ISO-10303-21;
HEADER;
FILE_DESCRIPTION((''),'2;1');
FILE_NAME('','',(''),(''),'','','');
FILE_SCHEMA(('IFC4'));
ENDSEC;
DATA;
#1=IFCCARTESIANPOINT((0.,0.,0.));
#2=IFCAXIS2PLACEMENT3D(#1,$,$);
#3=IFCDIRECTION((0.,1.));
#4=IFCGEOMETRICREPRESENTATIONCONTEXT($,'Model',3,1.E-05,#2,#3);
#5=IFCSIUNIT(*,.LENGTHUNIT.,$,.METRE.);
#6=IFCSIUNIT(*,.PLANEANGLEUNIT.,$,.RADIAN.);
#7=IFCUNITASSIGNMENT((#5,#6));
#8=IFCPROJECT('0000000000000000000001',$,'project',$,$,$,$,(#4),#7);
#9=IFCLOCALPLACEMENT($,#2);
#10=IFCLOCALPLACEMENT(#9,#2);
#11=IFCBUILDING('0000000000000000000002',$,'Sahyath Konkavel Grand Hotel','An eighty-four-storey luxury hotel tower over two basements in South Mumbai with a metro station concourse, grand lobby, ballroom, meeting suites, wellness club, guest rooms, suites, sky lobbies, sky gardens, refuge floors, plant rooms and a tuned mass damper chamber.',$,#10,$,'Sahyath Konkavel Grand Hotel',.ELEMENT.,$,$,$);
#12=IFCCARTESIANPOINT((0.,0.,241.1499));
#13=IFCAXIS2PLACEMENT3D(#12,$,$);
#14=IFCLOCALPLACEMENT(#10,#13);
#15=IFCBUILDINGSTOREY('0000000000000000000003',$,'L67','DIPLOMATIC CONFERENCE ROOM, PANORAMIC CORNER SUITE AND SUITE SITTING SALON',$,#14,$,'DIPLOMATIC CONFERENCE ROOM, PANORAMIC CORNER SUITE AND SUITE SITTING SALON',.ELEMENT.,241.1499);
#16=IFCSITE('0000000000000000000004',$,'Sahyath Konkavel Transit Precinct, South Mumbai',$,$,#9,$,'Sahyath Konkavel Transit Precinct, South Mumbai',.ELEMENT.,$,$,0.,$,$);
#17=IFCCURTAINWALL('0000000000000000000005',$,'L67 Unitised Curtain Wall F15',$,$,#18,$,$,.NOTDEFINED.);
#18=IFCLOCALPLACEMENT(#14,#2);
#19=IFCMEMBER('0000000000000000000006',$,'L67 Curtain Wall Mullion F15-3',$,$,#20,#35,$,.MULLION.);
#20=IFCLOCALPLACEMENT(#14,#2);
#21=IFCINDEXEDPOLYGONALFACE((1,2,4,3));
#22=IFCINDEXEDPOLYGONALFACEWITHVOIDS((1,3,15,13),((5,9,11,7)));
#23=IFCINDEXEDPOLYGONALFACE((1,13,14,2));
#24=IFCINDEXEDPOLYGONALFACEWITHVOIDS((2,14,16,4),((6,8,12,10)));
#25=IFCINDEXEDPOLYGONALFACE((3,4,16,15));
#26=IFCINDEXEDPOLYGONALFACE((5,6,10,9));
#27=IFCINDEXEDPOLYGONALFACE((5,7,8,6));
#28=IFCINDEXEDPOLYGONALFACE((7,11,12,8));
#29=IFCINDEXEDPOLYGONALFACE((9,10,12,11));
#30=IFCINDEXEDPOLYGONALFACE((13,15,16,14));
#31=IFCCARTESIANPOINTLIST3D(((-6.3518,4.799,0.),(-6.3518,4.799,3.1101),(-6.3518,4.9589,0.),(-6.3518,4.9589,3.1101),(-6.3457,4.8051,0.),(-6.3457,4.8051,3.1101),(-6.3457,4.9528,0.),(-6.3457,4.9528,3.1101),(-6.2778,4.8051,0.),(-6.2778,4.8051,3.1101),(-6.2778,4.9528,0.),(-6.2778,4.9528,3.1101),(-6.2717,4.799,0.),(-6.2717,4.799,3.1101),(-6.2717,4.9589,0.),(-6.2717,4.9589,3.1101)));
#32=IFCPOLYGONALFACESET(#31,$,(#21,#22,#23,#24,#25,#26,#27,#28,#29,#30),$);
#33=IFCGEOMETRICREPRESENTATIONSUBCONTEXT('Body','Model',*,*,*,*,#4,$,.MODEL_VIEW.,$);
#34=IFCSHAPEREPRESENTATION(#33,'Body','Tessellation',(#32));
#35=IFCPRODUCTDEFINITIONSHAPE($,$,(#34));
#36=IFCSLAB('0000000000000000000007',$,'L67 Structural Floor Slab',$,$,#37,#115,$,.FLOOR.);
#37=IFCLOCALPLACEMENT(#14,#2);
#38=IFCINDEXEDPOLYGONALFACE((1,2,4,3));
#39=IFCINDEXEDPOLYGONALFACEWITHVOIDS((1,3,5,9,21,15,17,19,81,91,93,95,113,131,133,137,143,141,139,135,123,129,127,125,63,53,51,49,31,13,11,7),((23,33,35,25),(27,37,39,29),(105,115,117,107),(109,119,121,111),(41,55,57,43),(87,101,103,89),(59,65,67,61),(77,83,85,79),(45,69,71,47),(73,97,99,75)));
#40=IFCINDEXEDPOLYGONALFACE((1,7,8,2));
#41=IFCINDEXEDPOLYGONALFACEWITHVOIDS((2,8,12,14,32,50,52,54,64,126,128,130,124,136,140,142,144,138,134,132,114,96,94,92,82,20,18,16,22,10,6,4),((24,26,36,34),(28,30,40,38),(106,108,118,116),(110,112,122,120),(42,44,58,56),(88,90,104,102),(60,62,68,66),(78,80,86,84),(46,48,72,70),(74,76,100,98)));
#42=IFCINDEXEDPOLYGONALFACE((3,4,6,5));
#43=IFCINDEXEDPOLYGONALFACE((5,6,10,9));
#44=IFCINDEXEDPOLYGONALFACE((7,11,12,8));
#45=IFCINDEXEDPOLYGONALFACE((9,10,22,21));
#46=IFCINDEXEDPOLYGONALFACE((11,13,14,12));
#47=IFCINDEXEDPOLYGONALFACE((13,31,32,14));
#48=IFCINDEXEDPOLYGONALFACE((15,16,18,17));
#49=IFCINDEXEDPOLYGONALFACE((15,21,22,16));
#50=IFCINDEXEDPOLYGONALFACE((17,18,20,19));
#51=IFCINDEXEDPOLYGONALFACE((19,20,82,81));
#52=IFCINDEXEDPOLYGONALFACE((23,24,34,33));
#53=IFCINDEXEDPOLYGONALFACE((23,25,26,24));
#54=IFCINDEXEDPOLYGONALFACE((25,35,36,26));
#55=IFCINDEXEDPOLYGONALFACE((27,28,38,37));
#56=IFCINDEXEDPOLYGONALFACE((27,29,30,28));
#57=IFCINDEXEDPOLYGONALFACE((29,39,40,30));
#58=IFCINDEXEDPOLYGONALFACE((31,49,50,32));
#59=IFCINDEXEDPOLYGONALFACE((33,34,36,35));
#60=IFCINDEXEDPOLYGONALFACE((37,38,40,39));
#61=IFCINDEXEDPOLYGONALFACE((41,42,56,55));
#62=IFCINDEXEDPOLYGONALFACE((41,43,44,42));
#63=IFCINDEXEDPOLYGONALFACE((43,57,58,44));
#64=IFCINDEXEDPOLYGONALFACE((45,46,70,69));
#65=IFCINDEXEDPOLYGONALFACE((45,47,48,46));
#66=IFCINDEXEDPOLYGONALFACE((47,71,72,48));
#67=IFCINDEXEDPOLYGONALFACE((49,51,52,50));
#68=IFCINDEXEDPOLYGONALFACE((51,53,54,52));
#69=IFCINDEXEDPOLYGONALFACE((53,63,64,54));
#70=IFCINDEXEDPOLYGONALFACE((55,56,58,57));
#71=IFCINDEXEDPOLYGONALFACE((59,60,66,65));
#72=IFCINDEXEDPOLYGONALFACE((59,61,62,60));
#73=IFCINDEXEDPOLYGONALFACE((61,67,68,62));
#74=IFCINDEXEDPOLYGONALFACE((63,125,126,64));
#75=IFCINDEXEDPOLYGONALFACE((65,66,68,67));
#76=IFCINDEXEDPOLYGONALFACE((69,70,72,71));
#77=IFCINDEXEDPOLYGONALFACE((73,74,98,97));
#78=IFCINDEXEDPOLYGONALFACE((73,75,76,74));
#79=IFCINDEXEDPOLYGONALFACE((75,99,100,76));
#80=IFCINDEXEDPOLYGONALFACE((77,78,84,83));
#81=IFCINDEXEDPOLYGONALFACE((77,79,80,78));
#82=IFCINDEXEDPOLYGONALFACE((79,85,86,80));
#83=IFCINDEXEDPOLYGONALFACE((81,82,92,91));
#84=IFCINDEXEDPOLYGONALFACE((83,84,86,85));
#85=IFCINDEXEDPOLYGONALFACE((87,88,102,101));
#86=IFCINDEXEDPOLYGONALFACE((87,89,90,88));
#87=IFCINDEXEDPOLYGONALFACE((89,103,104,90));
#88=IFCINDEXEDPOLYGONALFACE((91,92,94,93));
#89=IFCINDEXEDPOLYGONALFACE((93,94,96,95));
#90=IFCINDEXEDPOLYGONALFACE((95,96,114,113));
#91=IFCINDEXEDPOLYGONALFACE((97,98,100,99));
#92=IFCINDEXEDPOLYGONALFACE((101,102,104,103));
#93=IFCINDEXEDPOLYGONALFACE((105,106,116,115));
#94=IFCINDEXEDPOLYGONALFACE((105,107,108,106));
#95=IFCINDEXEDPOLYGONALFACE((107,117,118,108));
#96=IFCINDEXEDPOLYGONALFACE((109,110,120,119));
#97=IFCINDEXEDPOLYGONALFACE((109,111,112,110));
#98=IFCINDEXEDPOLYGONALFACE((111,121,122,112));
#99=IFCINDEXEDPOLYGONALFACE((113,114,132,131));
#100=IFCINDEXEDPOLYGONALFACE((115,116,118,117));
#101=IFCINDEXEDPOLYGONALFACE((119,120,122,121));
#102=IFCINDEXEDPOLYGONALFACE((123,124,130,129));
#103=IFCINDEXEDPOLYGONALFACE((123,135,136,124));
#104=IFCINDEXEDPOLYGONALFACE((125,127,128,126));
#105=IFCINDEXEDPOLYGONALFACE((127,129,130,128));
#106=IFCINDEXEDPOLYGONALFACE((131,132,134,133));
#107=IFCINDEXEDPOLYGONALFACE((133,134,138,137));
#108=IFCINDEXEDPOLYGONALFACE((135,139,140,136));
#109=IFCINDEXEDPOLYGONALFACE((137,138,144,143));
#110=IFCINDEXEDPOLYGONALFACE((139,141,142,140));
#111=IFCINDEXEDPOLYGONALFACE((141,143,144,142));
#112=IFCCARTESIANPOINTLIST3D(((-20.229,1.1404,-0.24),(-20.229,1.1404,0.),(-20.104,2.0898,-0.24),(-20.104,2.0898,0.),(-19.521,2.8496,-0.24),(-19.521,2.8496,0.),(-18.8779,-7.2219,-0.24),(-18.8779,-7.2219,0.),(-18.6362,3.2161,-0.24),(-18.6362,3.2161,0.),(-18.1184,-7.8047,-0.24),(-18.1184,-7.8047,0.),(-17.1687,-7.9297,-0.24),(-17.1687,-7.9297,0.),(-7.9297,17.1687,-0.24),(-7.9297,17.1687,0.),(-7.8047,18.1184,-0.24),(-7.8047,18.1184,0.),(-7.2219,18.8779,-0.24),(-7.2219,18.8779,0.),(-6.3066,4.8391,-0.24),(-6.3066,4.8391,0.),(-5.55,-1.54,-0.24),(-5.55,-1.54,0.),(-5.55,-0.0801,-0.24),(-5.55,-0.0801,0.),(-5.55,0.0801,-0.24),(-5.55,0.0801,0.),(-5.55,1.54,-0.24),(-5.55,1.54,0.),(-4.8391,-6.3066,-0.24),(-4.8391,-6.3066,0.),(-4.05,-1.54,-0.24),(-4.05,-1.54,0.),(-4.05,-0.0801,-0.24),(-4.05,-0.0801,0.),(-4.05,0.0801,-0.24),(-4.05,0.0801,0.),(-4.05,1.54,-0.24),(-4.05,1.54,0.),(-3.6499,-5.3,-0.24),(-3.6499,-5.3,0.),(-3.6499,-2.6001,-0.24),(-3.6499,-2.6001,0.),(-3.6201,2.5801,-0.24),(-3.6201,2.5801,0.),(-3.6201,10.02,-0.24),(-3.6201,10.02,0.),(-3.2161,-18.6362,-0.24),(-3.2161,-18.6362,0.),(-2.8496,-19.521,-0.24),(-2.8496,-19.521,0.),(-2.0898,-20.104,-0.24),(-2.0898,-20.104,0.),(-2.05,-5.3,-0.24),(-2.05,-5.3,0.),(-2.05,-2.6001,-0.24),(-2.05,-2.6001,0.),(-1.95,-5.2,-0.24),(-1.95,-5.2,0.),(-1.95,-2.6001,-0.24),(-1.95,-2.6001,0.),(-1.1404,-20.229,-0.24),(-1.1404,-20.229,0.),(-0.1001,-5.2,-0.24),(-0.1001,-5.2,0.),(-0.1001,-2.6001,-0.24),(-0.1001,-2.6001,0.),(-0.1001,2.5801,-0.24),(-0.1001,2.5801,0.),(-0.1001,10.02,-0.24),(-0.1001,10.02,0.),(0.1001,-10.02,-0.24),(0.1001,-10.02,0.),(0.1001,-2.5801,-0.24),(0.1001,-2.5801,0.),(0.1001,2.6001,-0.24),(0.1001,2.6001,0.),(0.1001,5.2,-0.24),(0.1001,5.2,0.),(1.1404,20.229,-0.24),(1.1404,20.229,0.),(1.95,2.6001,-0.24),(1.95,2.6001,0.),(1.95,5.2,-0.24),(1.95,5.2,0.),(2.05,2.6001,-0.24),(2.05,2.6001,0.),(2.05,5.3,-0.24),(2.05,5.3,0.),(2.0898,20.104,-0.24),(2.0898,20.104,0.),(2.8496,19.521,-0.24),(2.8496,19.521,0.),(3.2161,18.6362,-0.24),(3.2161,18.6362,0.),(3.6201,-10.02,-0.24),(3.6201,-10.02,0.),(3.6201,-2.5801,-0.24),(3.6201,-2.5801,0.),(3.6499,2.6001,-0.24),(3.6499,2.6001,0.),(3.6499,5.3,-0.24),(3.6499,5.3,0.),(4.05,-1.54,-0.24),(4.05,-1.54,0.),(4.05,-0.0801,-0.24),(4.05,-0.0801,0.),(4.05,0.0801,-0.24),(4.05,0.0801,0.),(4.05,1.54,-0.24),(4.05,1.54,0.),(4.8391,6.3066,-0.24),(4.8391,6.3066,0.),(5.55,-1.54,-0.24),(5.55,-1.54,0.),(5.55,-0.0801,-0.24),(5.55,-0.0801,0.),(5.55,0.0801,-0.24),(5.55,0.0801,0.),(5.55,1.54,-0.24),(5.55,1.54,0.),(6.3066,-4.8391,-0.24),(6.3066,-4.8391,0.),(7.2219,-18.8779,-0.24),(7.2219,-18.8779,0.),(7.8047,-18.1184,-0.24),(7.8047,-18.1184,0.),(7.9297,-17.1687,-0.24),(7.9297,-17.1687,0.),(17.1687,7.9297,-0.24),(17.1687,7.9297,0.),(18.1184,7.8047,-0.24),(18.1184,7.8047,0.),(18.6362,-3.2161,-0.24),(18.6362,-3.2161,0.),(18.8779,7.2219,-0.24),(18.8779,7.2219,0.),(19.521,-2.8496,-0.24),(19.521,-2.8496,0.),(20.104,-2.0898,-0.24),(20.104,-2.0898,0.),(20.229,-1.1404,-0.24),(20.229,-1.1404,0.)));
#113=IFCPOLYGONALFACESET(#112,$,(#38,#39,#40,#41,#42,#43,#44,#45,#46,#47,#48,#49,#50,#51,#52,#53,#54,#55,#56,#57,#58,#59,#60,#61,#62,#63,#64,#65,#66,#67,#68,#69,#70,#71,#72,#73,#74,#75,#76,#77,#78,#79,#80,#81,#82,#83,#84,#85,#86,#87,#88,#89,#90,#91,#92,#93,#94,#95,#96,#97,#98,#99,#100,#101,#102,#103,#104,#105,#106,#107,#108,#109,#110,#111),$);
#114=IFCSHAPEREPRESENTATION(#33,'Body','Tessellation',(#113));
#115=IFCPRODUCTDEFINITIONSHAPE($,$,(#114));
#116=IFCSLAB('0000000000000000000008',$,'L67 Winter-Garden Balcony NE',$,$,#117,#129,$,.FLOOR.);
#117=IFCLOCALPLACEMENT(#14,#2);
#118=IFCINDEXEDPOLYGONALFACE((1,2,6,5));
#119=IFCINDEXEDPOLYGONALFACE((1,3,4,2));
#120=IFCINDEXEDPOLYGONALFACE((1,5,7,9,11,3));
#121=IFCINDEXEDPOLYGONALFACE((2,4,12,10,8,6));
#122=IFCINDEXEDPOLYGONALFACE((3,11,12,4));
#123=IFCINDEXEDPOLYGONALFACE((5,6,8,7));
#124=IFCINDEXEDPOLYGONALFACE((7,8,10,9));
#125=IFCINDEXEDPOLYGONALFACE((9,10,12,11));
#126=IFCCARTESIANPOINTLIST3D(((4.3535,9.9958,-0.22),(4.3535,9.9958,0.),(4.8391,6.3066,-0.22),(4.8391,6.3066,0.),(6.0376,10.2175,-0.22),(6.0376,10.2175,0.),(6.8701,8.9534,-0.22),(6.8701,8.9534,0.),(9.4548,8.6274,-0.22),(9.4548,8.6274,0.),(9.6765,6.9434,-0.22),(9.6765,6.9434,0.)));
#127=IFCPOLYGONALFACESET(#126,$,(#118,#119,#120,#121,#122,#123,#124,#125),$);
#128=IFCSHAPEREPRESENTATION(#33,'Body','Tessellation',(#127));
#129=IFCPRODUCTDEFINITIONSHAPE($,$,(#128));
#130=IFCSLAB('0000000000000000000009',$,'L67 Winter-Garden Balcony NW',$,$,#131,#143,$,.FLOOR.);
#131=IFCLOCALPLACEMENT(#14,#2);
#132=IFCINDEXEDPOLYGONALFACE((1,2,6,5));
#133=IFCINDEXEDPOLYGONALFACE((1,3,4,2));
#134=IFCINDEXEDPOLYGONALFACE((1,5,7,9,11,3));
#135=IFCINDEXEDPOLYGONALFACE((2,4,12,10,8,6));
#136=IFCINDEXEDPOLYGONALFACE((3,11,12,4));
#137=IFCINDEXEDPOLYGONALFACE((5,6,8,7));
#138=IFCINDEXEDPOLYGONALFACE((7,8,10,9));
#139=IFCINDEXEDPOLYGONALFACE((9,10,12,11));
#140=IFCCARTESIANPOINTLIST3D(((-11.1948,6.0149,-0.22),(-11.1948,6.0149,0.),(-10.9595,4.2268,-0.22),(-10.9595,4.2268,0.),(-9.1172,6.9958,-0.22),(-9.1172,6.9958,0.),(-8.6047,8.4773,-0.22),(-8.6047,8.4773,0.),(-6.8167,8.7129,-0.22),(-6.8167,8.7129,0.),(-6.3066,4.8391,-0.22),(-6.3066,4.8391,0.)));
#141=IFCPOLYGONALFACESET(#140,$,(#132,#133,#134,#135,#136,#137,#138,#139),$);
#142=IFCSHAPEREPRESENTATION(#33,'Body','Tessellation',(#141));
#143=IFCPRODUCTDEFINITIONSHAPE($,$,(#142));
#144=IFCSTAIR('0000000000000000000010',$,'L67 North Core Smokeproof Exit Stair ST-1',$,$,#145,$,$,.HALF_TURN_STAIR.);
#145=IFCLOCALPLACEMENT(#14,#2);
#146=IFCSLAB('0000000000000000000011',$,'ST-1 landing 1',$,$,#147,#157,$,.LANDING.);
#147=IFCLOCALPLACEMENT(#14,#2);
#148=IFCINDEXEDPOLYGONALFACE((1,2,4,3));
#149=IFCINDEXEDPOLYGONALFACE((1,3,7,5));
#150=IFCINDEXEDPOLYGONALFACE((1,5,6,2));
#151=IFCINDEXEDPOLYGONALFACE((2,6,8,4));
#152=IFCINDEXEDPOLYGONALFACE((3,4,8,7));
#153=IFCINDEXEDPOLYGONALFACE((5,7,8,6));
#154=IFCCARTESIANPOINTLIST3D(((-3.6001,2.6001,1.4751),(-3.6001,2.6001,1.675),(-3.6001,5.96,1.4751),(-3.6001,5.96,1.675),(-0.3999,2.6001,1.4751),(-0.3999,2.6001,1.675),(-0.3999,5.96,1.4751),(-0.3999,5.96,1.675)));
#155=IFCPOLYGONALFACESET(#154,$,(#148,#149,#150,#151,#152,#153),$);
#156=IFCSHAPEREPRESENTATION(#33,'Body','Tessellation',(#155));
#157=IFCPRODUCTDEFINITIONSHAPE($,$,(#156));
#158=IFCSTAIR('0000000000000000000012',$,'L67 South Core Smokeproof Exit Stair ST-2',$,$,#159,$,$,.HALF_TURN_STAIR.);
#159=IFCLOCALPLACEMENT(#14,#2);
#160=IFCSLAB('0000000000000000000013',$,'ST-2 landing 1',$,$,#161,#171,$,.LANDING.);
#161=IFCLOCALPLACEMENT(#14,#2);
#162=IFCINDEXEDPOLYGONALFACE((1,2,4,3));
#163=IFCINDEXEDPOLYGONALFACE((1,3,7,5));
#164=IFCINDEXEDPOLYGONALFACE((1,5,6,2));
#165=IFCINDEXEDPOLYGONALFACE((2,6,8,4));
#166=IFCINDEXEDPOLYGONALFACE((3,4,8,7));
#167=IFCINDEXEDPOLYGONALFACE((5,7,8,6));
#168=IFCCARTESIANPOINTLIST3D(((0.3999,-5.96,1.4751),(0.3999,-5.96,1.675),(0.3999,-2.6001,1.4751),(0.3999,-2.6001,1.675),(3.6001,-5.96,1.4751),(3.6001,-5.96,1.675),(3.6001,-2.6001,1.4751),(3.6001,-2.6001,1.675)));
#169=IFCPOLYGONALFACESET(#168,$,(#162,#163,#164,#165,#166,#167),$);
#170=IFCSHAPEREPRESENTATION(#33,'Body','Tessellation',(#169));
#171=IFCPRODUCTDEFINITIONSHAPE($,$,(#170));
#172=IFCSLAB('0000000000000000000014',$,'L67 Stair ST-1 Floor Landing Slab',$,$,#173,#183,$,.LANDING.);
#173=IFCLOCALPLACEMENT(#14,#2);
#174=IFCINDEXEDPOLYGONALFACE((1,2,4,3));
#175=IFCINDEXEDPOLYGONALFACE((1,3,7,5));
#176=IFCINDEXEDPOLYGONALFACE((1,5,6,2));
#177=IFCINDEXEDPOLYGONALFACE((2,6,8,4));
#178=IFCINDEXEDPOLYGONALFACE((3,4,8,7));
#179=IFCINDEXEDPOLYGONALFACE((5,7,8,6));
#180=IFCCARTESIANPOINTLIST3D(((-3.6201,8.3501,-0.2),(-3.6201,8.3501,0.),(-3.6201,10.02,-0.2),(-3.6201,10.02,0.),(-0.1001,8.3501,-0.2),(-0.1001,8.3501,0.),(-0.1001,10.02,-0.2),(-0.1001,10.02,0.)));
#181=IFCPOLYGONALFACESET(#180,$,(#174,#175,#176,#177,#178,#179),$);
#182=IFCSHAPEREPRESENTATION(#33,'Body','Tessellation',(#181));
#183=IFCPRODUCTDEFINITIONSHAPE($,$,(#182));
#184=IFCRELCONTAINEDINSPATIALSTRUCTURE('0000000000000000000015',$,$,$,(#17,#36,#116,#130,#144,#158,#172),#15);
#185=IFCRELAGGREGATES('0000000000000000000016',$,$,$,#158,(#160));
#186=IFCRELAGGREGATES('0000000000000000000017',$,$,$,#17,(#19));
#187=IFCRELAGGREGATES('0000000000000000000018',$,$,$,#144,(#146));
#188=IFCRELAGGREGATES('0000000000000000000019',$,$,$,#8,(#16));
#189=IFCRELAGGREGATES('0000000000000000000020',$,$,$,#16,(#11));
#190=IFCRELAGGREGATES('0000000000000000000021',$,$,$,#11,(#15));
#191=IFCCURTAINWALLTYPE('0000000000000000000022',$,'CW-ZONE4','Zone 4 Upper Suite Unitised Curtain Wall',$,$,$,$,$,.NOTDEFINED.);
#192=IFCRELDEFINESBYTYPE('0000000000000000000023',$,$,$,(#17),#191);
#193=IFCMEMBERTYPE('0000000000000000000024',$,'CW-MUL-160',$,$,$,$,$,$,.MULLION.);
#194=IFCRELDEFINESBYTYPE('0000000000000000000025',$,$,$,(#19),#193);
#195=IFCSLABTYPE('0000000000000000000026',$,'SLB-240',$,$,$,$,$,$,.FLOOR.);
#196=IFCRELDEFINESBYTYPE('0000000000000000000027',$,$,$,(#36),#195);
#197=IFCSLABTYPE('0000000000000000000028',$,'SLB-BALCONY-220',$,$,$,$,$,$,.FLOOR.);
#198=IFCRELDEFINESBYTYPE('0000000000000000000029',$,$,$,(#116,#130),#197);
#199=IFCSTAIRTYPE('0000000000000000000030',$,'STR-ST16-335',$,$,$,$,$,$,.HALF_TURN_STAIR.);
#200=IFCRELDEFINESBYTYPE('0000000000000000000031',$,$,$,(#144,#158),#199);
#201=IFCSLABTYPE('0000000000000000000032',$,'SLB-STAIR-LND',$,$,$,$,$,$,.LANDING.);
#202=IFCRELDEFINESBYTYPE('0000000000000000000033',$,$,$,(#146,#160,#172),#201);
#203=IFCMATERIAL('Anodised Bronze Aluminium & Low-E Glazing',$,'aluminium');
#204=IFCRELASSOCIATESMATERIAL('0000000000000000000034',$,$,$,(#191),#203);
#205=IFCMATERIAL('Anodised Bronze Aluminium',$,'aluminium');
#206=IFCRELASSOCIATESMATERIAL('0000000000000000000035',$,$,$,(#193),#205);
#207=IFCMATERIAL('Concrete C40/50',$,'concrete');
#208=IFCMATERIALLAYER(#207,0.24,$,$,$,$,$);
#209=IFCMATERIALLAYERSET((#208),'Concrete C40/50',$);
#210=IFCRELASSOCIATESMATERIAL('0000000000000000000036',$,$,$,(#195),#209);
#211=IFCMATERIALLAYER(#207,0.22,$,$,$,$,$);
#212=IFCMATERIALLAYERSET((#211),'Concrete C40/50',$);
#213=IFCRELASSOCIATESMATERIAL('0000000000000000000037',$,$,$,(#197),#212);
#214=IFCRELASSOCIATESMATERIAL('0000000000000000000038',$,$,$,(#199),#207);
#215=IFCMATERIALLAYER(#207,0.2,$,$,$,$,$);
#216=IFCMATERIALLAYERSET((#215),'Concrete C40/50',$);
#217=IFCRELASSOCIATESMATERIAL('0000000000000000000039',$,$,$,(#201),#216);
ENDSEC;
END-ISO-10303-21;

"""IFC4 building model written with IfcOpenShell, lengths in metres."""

from ifc_helpers import new_model, si_unit, direction, frame, origin, origin_2d, place, context, subcontext, project, spatial, polyline, hollow_rectangle, outline, extrude, source, transform, mapped, material, layer, layer_set, material_profile, profile_set, type_object, element, aggregate, save


model = new_model("IFC4")

# Units and contexts
model_context = context("Model", 3, precision=1e-05, world=origin(), true_north=direction((0.0, 1.0)))
body_context = subcontext(model_context, "Body", "Model", "MODEL_VIEW")
ifc_project = project(units=[si_unit("LENGTHUNIT", "METRE"), si_unit("PLANEANGLEUNIT", "RADIAN")], contexts=[model_context])

# Site, building, storey
site_placement = place(None, origin())
site = spatial("IfcSite", under=ifc_project, at=site_placement, Name="Sahyath Konkavel Transit Precinct, South Mumbai", LongName="Sahyath Konkavel Transit Precinct, South Mumbai", CompositionType="ELEMENT", RefElevation=0.0)
building_placement = place(site_placement, origin())
building = spatial("IfcBuilding", under=site, at=building_placement, Name="Sahyath Konkavel Grand Hotel", Description="An eighty-four-storey luxury hotel tower over two basements in South Mumbai with a metro station concourse, grand lobby, ballroom, meeting suites, wellness club, guest rooms, suites, sky lobbies, sky gardens, refuge floors, plant rooms and a tuned mass damper chamber.", LongName="Sahyath Konkavel Grand Hotel", CompositionType="ELEMENT")
storey_placement = place(building_placement, frame((0.0, 0.0, 241.1499)))
storey = spatial("IfcBuildingStorey", under=building, at=storey_placement, Name="L67", Description="DIPLOMATIC CONFERENCE ROOM, PANORAMIC CORNER SUITE AND SUITE SITTING SALON", LongName="DIPLOMATIC CONFERENCE ROOM, PANORAMIC CORNER SUITE AND SUITE SITTING SALON", CompositionType="ELEMENT", Elevation=241.1499)

# Shared definitions
ifc_material_1 = material(Name="Concrete C40/50", Category="concrete")

# Curtain wall, member
ifc_material_2 = material(Name="Anodised Bronze Aluminium & Low-E Glazing", Category="aluminium")
curtain_wall_type = type_object("IfcCurtainWallType", Name="CW-ZONE4", Description="Zone 4 Upper Suite Unitised Curtain Wall", PredefinedType="NOTDEFINED", material=ifc_material_2)
curtain_wall_placement = place(storey_placement, origin())
curtain_wall = element("IfcCurtainWall", 1, at=curtain_wall_placement, inside=storey, type_object=curtain_wall_type, Name="L67 Unitised Curtain Wall F15", PredefinedType="NOTDEFINED")
ifc_material_3 = material(Name="Anodised Bronze Aluminium", Category="aluminium")
ifc_material_profile_1 = material_profile(ifc_material_3, hollow_rectangle(XDim=0.0801, YDim=0.1599, WallThickness=0.0061, at=origin_2d()), Name="RHS 160x80x6")
ifc_profile_set_1 = profile_set([ifc_material_profile_1], Name="Anodised Bronze Aluminium")
member_type = type_object("IfcMemberType", Name="CW-MUL-160", PredefinedType="MULLION", material=ifc_profile_set_1)
shared_shape_1 = source(origin(), body_context, "Body", "SweptSolid", [
    extrude(hollow_rectangle(XDim=0.0801, YDim=0.1599, WallThickness=0.0061, at=origin_2d()), origin(), (0.0, 0.0, 1.0), 3.1101),
])
member_placement = place(storey_placement, frame((-6.3118, 4.8789, 0.0), z_axis=(0.0, 0.0, 1.0), x_axis=(1.0, 0.0, 0.0)))
member = element("IfcMember", 2, at=member_placement, type_object=member_type, Name="L67 Curtain Wall Mullion F15-3", PredefinedType="MULLION", context=body_context, shape_type="MappedRepresentation", body=[
    mapped(shared_shape_1, transform((0.0, 0.0, 0.0), scale=1.0)),
])

# Slabs
ifc_layer_1 = layer(ifc_material_1, 0.24)
ifc_layer_set_1 = layer_set([ifc_layer_1], Name="Concrete C40/50")
slab_type_1 = type_object("IfcSlabType", Name="SLB-240", PredefinedType="FLOOR", material=ifc_layer_set_1)
slab_1_placement = place(storey_placement, frame((0.0, 0.0, -0.24)))
element("IfcSlab", 3, at=slab_1_placement, inside=storey, type_object=slab_type_1, Name="L67 Structural Floor Slab", PredefinedType="FLOOR", context=body_context, shape_type="SweptSolid", body=[
    extrude(outline(polyline([(6.3066, -4.8391), (18.6362, -3.2161), (19.521, -2.8496), (20.104, -2.0898), (20.229, -1.1404), (18.8779, 7.2219), (18.1184, 7.8047), (17.1687, 7.9297), (4.8391, 6.3066), (3.2161, 18.6362), (2.8496, 19.521), (2.0898, 20.104), (1.1404, 20.229), (-7.2219, 18.8779), (-7.8047, 18.1184), (-7.9297, 17.1687), (-6.3066, 4.8391), (-18.6362, 3.2161), (-19.521, 2.8496), (-20.104, 2.0898), (-20.229, 1.1404), (-18.8779, -7.2219), (-18.1184, -7.8047), (-17.1687, -7.9297), (-4.8391, -6.3066), (-3.2161, -18.6362), (-2.8496, -19.521), (-2.0898, -20.104), (-1.1404, -20.229), (7.2219, -18.8779), (7.8047, -18.1184), (7.9297, -17.1687), (6.3066, -4.8391)]), holes=[polyline([(-3.6201, 2.5801), (-0.1001, 2.5801), (-0.1001, 10.02), (-3.6201, 10.02), (-3.6201, 2.5801)]), polyline([(0.1001, -10.02), (3.6201, -10.02), (3.6201, -2.5801), (0.1001, -2.5801), (0.1001, -10.02)]), polyline([(0.1001, 2.6001), (1.95, 2.6001), (1.95, 5.2), (0.1001, 5.2), (0.1001, 2.6001)]), polyline([(-1.95, -5.2), (-0.1001, -5.2), (-0.1001, -2.6001), (-1.95, -2.6001), (-1.95, -5.2)]), polyline([(2.05, 2.6001), (3.6499, 2.6001), (3.6499, 5.3), (2.05, 5.3), (2.05, 2.6001)]), polyline([(-3.6499, -5.3), (-2.05, -5.3), (-2.05, -2.6001), (-3.6499, -2.6001), (-3.6499, -5.3)]), polyline([(4.05, 0.0801), (5.55, 0.0801), (5.55, 1.54), (4.05, 1.54), (4.05, 0.0801)]), polyline([(4.05, -1.54), (5.55, -1.54), (5.55, -0.0801), (4.05, -0.0801), (4.05, -1.54)]), polyline([(-5.55, 0.0801), (-4.05, 0.0801), (-4.05, 1.54), (-5.55, 1.54), (-5.55, 0.0801)]), polyline([(-5.55, -1.54), (-4.05, -1.54), (-4.05, -0.0801), (-5.55, -0.0801), (-5.55, -1.54)])]), origin(), (0.0, 0.0, 1.0), 0.24),
])
ifc_layer_2 = layer(ifc_material_1, 0.22)
ifc_layer_set_2 = layer_set([ifc_layer_2], Name="Concrete C40/50")
slab_type_2 = type_object("IfcSlabType", Name="SLB-BALCONY-220", PredefinedType="FLOOR", material=ifc_layer_set_2)
slab_2_placement = place(storey_placement, frame((0.0, 0.0, -0.22)))
element("IfcSlab", 4, at=slab_2_placement, inside=storey, type_object=slab_type_2, Name="L67 Winter-Garden Balcony NE", PredefinedType="FLOOR", context=body_context, shape_type="SweptSolid", body=[
    extrude(outline(polyline([(4.8391, 6.3066), (9.6765, 6.9434), (9.4548, 8.6274), (6.8701, 8.9534), (6.0376, 10.2175), (4.3535, 9.9958), (4.8391, 6.3066)])), origin(), (0.0, 0.0, 1.0), 0.22),
])
slab_3_placement = place(storey_placement, frame((0.0, 0.0, -0.22)))
element("IfcSlab", 5, at=slab_3_placement, inside=storey, type_object=slab_type_2, Name="L67 Winter-Garden Balcony NW", PredefinedType="FLOOR", context=body_context, shape_type="SweptSolid", body=[
    extrude(outline(polyline([(-6.3066, 4.8391), (-6.8167, 8.7129), (-8.6047, 8.4773), (-9.1172, 6.9958), (-11.1948, 6.0149), (-10.9595, 4.2268), (-6.3066, 4.8391)])), origin(), (0.0, 0.0, 1.0), 0.22),
])

# Stairs, slabs
stair_type = type_object("IfcStairType", Name="STR-ST16-335", PredefinedType="HALF_TURN_STAIR", material=ifc_material_1)
stair_1_placement = place(storey_placement, origin())
stair_1 = element("IfcStair", 6, at=stair_1_placement, inside=storey, type_object=stair_type, Name="L67 North Core Smokeproof Exit Stair ST-1", PredefinedType="HALF_TURN_STAIR")
ifc_layer_3 = layer(ifc_material_1, 0.2)
ifc_layer_set_3 = layer_set([ifc_layer_3], Name="Concrete C40/50")
slab_type_3 = type_object("IfcSlabType", Name="SLB-STAIR-LND", PredefinedType="LANDING", material=ifc_layer_set_3)
slab_4_placement = place(storey_placement, frame((0.0, 0.0, 1.4751)))
slab_4 = element("IfcSlab", 7, at=slab_4_placement, type_object=slab_type_3, Name="ST-1 landing 1", PredefinedType="LANDING", context=body_context, shape_type="SweptSolid", body=[
    extrude(outline(polyline([(-3.6001, 5.96), (-3.6001, 2.6001), (-0.3999, 2.6001), (-0.3999, 5.96), (-3.6001, 5.96)])), origin(), (0.0, 0.0, 1.0), 0.2),
])
stair_2_placement = place(storey_placement, origin())
stair_2 = element("IfcStair", 8, at=stair_2_placement, inside=storey, type_object=stair_type, Name="L67 South Core Smokeproof Exit Stair ST-2", PredefinedType="HALF_TURN_STAIR")
slab_5_placement = place(storey_placement, frame((0.0, 0.0, 1.4751)))
slab_5 = element("IfcSlab", 9, at=slab_5_placement, type_object=slab_type_3, Name="ST-2 landing 1", PredefinedType="LANDING", context=body_context, shape_type="SweptSolid", body=[
    extrude(outline(polyline([(3.6001, -5.96), (3.6001, -2.6001), (0.3999, -2.6001), (0.3999, -5.96), (3.6001, -5.96)])), origin(), (0.0, 0.0, 1.0), 0.2),
])
aggregate(stair_2, [slab_5])

# Slab
slab_6_placement = place(storey_placement, frame((0.0, 0.0, -0.2)))
element("IfcSlab", 10, at=slab_6_placement, inside=storey, type_object=slab_type_3, Name="L67 Stair ST-1 Floor Landing Slab", PredefinedType="LANDING", context=body_context, shape_type="SweptSolid", body=[
    extrude(outline(polyline([(-3.6201, 8.3501), (-0.1001, 8.3501), (-0.1001, 10.02), (-3.6201, 10.02), (-3.6201, 8.3501)])), origin(), (0.0, 0.0, 1.0), 0.2),
])

aggregate(curtain_wall, [member])

aggregate(stair_1, [slab_4])

save(model, "model.ifc")
